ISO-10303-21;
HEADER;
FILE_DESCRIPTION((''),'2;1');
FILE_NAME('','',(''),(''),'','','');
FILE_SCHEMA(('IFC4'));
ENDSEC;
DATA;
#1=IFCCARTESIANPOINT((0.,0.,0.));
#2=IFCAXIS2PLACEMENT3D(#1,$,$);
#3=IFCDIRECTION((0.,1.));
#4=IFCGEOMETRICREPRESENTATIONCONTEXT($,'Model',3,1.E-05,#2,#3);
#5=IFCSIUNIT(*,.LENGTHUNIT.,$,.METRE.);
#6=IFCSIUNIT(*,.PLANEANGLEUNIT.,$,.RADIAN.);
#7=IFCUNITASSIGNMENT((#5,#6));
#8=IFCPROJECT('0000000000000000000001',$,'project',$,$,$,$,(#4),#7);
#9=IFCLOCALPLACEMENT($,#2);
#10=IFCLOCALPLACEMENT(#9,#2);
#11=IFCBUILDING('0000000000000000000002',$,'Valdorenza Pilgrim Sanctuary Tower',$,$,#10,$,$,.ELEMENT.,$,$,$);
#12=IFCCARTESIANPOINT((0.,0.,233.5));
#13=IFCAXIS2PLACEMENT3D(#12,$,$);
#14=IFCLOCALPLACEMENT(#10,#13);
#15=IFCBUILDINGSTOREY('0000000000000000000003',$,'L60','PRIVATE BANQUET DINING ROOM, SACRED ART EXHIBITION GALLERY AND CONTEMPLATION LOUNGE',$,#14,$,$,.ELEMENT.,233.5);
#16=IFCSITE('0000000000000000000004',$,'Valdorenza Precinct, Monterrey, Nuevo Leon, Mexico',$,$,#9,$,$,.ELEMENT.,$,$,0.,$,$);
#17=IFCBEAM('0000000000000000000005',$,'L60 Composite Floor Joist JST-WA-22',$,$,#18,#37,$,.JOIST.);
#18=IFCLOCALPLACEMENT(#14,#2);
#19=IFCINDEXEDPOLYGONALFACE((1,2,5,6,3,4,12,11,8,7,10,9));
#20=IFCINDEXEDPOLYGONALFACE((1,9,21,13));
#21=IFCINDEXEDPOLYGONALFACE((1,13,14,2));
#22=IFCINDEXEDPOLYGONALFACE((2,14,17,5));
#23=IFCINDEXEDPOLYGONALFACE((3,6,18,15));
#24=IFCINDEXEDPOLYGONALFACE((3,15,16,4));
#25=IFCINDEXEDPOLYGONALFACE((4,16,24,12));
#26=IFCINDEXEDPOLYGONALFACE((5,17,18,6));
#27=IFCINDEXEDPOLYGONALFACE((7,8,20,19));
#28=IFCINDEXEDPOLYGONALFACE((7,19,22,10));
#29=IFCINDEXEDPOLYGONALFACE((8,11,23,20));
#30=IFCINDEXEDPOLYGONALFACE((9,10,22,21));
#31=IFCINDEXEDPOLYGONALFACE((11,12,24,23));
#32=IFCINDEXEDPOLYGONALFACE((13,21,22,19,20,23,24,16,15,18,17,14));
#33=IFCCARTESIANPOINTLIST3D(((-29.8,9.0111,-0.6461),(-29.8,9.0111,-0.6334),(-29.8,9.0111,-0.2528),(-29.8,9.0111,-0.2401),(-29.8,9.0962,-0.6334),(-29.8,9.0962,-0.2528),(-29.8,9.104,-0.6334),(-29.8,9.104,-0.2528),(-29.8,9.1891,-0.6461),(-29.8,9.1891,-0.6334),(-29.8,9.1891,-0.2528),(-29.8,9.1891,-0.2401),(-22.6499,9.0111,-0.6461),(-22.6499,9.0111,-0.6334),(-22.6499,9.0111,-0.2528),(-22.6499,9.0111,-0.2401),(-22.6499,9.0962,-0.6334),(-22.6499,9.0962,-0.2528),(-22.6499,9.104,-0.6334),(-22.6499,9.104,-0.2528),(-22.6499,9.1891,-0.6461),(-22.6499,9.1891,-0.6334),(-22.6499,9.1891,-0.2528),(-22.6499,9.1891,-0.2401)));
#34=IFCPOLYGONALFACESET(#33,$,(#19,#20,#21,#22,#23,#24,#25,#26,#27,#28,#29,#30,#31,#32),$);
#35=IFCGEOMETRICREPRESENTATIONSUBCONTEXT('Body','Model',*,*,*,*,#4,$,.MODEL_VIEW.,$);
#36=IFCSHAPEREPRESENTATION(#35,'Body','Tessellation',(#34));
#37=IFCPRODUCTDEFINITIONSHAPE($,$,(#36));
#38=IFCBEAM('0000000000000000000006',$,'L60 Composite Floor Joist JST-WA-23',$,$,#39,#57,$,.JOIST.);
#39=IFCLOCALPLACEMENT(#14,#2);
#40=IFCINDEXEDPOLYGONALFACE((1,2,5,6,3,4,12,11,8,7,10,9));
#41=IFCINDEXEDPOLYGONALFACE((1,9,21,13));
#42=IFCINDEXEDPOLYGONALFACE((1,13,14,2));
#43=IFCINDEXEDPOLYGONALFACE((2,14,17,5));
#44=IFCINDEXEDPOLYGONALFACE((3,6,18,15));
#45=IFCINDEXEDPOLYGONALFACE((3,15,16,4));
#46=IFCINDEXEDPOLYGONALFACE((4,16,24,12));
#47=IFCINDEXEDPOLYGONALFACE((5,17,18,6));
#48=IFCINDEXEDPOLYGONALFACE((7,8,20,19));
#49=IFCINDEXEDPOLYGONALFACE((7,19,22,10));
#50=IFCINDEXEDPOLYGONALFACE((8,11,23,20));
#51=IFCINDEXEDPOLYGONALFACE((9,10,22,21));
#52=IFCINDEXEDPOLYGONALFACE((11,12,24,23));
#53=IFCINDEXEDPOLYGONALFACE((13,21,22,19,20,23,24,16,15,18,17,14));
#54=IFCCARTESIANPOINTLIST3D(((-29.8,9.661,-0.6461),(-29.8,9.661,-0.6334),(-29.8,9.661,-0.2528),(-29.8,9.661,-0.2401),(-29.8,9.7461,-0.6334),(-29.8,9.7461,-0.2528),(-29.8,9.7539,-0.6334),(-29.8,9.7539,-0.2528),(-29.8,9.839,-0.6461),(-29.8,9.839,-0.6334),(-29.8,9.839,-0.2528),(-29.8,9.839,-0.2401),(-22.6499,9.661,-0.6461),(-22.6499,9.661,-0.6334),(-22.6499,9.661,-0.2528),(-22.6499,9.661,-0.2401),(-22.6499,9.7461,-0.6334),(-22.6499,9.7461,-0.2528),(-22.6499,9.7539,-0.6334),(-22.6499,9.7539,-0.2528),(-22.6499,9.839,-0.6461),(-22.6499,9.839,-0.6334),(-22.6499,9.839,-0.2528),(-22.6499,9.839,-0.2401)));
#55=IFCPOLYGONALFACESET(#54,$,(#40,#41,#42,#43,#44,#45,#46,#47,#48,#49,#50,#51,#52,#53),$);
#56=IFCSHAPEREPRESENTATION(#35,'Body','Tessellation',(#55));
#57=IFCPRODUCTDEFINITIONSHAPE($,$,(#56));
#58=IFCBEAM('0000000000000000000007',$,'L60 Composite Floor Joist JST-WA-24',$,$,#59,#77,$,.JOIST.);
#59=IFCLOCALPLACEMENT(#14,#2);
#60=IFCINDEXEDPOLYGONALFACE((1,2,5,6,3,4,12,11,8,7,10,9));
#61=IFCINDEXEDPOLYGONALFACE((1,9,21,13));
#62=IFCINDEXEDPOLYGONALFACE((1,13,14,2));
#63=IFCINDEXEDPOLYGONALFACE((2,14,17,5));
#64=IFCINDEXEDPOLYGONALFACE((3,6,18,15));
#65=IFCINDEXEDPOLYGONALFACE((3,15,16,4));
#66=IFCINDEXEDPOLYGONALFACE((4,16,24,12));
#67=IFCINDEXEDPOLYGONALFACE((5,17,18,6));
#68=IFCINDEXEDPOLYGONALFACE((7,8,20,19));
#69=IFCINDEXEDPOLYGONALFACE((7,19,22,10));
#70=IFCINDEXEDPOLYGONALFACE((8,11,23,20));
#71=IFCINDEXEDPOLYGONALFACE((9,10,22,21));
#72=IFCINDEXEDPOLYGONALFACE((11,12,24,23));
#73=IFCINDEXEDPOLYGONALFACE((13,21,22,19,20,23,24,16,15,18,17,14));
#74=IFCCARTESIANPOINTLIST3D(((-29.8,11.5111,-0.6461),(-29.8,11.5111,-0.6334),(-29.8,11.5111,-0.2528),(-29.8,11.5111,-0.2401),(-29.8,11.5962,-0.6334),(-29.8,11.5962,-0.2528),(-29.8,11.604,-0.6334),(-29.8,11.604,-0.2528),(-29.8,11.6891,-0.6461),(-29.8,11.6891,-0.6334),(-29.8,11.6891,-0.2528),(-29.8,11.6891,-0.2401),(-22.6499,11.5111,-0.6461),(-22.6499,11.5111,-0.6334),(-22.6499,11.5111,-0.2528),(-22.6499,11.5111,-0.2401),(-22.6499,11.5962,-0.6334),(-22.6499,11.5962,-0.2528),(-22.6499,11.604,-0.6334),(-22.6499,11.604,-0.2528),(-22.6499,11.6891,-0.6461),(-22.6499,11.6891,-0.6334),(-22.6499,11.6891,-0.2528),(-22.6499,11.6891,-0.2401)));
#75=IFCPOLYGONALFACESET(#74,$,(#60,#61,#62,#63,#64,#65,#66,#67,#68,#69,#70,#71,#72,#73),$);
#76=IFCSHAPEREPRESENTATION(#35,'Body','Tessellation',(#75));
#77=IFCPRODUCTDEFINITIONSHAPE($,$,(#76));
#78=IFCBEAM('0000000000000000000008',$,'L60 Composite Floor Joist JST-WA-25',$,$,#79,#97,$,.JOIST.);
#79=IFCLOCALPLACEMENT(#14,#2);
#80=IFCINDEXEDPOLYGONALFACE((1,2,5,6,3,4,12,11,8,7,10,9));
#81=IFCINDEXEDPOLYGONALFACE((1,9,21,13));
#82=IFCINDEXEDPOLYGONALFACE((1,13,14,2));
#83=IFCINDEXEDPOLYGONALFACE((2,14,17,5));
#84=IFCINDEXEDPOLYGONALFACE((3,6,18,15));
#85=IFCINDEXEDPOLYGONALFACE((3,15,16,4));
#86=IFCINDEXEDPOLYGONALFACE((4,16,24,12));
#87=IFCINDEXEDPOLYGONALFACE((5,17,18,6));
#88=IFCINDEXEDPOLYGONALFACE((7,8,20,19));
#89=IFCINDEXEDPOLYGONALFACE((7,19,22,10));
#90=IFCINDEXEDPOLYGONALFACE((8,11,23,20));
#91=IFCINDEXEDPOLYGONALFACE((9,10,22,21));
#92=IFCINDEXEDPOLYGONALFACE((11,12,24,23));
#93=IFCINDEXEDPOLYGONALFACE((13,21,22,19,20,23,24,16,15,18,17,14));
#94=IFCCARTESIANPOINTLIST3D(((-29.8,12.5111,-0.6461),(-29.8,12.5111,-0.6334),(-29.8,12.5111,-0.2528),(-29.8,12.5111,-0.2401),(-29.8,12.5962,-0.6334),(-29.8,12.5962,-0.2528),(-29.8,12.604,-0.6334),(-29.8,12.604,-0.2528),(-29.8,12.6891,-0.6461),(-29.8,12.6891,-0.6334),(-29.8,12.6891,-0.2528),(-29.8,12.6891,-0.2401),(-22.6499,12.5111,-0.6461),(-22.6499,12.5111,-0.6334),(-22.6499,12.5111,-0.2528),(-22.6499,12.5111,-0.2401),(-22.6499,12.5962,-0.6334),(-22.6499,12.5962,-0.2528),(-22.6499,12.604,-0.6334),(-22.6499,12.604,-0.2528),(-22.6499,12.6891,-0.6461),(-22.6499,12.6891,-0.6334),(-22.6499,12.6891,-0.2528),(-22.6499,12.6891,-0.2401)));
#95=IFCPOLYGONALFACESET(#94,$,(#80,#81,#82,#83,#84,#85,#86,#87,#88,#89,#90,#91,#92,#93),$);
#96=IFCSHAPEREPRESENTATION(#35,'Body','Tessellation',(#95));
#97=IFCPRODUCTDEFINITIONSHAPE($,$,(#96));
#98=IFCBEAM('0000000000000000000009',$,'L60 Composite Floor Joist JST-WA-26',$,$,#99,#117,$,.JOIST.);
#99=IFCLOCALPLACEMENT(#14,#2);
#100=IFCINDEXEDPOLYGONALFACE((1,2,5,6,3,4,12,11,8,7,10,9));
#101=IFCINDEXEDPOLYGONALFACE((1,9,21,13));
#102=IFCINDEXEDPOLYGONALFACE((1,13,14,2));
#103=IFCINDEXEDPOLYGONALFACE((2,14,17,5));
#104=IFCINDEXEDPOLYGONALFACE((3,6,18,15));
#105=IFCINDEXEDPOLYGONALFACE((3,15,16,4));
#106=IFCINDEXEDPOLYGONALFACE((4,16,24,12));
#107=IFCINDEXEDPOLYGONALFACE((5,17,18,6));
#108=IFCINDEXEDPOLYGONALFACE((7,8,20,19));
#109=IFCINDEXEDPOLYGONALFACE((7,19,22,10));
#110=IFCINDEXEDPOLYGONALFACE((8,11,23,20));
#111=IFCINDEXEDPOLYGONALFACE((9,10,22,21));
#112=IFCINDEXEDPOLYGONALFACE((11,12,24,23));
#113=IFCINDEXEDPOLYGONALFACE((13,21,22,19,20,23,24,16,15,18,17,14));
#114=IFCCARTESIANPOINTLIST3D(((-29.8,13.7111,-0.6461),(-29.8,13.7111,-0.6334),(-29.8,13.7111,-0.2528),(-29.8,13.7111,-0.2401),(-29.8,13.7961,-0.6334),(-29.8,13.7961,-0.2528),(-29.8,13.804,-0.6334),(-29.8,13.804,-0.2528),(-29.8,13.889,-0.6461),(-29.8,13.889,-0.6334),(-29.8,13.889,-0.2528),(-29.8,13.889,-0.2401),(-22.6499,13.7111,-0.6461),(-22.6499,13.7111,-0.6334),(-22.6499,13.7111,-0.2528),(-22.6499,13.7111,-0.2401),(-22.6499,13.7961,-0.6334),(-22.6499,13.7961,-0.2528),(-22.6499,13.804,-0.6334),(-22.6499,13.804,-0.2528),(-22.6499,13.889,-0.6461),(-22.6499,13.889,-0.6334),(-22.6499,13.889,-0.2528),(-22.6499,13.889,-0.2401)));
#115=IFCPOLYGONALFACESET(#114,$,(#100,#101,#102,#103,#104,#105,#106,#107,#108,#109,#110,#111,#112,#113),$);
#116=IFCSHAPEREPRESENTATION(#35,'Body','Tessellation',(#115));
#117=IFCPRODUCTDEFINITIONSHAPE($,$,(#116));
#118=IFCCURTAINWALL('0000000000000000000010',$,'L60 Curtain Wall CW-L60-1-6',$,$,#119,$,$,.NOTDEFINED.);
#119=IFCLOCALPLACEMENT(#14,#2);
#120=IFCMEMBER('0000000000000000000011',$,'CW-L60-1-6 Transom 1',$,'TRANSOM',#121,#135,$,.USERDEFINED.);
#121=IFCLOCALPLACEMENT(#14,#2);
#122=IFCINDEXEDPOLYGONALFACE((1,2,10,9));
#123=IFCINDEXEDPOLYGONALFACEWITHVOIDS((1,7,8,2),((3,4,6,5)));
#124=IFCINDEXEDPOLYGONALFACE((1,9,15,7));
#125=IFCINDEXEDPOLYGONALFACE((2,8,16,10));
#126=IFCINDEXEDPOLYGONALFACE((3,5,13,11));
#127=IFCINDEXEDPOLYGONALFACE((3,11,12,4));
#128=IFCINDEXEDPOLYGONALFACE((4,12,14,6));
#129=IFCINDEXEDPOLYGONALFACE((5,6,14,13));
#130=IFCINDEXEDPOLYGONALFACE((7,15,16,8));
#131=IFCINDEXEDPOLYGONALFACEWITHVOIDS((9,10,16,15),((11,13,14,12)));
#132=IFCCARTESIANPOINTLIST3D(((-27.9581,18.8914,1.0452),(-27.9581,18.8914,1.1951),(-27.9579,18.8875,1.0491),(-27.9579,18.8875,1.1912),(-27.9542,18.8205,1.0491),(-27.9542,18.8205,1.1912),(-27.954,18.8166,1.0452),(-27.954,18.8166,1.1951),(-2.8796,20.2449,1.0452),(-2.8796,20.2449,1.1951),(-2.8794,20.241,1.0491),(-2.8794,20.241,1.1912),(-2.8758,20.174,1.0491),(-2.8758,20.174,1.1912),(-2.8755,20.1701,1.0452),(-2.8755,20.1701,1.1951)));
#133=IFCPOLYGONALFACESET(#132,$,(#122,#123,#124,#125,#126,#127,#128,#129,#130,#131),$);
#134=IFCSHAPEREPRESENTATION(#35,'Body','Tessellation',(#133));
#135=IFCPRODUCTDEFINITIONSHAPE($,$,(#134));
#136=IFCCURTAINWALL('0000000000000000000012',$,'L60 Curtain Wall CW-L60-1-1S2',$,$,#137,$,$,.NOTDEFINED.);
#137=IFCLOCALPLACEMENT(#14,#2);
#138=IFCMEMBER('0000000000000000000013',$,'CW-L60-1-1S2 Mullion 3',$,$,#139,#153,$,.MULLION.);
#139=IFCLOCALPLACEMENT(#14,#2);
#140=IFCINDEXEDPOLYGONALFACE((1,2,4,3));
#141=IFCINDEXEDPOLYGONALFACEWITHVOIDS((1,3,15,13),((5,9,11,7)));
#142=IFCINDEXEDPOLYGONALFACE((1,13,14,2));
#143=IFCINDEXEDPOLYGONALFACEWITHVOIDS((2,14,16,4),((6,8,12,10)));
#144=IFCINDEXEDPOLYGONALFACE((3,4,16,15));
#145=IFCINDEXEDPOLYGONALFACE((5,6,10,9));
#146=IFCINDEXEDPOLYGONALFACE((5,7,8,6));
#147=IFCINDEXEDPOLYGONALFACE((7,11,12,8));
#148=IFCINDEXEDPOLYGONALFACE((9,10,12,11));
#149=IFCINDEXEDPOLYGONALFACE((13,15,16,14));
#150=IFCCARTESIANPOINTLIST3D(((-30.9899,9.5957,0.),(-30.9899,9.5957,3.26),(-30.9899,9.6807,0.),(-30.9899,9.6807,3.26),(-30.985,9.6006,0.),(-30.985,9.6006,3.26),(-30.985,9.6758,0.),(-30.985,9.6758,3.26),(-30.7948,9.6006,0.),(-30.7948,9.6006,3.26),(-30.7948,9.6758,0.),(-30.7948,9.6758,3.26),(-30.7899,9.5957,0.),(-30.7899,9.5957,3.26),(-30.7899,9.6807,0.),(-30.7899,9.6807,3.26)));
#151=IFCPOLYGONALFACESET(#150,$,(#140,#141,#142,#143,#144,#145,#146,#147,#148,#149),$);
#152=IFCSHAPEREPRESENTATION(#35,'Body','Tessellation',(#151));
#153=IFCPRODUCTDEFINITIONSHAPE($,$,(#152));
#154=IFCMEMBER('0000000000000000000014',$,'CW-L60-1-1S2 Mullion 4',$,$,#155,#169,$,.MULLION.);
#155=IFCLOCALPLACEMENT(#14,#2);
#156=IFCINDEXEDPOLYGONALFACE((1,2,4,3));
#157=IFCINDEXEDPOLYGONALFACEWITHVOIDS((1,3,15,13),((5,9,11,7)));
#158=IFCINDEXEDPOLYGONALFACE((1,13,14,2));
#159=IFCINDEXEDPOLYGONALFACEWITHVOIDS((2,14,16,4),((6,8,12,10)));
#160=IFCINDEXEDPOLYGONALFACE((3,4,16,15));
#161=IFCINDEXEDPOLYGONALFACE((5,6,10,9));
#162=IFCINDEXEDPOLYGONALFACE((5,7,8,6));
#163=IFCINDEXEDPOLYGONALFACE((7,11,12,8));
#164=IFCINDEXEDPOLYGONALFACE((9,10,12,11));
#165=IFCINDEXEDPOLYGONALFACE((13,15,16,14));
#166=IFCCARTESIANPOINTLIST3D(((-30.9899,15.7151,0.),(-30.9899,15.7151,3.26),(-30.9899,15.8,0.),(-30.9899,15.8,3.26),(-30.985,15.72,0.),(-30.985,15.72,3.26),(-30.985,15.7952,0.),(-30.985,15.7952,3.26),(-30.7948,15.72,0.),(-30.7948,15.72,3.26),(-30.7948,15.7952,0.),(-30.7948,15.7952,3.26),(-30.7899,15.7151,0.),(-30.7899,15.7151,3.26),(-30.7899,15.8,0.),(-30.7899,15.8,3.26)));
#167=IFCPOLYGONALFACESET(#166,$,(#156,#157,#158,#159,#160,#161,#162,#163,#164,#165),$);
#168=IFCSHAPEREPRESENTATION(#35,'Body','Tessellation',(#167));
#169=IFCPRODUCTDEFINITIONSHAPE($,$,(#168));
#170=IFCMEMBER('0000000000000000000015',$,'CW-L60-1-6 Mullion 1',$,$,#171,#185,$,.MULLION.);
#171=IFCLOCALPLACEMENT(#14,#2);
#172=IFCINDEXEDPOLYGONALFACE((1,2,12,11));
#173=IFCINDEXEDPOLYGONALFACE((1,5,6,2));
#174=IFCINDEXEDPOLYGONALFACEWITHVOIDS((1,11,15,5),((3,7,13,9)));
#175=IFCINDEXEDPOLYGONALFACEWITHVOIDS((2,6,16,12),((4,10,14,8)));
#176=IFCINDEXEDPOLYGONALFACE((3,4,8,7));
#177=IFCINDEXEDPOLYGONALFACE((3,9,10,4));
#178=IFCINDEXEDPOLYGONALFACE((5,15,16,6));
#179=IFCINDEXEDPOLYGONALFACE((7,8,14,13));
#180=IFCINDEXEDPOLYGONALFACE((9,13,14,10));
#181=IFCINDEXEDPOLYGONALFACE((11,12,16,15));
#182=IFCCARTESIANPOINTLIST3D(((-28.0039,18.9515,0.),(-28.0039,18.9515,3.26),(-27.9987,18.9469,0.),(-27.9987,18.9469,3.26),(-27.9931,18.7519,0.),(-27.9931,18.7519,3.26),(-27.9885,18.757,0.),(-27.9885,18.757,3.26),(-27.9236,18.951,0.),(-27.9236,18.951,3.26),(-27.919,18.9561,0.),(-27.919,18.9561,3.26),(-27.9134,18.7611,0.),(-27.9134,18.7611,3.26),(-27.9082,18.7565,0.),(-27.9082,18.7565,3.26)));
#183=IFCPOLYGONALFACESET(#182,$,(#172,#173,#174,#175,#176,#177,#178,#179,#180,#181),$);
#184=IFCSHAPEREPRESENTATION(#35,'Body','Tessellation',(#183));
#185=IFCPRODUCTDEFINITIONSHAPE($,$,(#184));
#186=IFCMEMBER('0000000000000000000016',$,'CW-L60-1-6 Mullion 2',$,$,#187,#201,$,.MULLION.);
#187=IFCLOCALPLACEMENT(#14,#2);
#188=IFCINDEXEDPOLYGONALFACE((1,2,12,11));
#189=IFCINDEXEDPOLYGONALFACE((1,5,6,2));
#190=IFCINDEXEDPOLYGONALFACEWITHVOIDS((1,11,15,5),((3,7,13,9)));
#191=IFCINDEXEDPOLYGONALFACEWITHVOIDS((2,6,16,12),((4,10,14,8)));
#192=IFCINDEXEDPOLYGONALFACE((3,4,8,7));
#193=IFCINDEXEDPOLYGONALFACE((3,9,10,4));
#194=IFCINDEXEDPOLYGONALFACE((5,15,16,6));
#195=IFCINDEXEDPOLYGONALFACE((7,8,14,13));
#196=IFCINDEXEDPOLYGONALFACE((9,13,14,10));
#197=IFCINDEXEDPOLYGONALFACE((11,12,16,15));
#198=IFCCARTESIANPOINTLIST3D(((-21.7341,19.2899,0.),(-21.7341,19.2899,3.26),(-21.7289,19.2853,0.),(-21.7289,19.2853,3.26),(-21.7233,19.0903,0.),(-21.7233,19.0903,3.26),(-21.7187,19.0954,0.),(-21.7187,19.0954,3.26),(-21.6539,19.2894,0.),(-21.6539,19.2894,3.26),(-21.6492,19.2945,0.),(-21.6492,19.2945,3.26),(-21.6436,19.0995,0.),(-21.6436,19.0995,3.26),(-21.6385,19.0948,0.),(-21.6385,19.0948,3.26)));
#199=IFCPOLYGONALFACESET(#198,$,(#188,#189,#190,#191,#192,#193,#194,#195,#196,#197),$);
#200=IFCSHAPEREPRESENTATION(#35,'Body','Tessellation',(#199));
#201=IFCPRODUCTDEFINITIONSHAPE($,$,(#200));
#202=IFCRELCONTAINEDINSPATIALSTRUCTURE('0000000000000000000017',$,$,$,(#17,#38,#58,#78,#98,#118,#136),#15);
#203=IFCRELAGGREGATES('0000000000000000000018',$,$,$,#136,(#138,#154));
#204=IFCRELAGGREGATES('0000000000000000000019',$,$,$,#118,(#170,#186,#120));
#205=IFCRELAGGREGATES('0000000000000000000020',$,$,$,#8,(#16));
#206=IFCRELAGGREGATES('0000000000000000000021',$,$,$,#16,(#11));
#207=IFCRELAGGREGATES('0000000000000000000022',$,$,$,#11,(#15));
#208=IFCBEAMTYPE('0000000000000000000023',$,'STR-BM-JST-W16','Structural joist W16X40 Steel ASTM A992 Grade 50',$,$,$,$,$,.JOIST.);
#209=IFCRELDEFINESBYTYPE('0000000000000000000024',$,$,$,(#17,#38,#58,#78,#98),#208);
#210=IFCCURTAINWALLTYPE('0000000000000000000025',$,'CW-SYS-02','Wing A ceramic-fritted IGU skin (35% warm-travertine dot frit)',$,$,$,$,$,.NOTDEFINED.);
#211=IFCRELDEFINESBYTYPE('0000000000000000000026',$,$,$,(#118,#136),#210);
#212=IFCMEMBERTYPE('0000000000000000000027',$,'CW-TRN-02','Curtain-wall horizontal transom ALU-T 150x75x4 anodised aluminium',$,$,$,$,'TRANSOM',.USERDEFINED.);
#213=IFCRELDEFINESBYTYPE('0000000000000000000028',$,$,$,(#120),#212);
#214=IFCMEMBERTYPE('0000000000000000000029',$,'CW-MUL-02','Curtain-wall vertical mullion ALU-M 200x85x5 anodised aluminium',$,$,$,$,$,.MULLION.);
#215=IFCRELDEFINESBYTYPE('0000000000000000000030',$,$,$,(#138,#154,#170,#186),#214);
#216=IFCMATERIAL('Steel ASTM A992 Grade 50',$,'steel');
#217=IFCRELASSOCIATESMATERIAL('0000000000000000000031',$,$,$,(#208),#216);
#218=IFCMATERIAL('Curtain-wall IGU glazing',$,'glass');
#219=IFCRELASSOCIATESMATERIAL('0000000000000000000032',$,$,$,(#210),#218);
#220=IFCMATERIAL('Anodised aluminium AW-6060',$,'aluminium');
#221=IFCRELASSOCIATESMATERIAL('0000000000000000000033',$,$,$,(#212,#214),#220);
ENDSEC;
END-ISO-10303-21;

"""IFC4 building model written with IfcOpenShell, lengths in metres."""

from ifc_helpers import new_model, si_unit, direction, frame, origin, origin_2d, place, context, subcontext, project, spatial, hollow_rectangle, i_section, extrude, source, transform, mapped, material, material_profile, profile_set, type_object, element, aggregate, save


model = new_model("IFC4")

# Units and contexts
model_context = context("Model", 3, precision=1e-05, world=origin(), true_north=direction((0.0, 1.0)))
body_context = subcontext(model_context, "Body", "Model", "MODEL_VIEW")
ifc_project = project(units=[si_unit("LENGTHUNIT", "METRE"), si_unit("PLANEANGLEUNIT", "RADIAN")], contexts=[model_context])

# Site, building, storey
site_placement = place(None, origin())
site = spatial("IfcSite", under=ifc_project, at=site_placement, Name="Valdorenza Precinct, Monterrey, Nuevo Leon, Mexico", CompositionType="ELEMENT", RefElevation=0.0)
building_placement = place(site_placement, origin())
building = spatial("IfcBuilding", under=site, at=building_placement, Name="Valdorenza Pilgrim Sanctuary Tower", CompositionType="ELEMENT")
storey_placement = place(building_placement, frame((0.0, 0.0, 233.5)))
storey = spatial("IfcBuildingStorey", under=building, at=storey_placement, Name="L60", Description="PRIVATE BANQUET DINING ROOM, SACRED ART EXHIBITION GALLERY AND CONTEMPLATION LOUNGE", CompositionType="ELEMENT", Elevation=233.5)

# Beams
ifc_material_1 = material(Name="Steel ASTM A992 Grade 50", Category="steel")
ifc_material_profile_1 = material_profile(ifc_material_1, i_section(OverallWidth=0.178, OverallDepth=0.406, WebThickness=0.0078, FlangeThickness=0.0127, at=origin_2d()), Name="W16X40")
ifc_profile_set_1 = profile_set([ifc_material_profile_1], Name="Steel ASTM A992 Grade 50")
beam_type_1 = type_object("IfcBeamType", Name="STR-BM-JST-W16", Description="Structural joist W16X40 Steel ASTM A992 Grade 50", PredefinedType="JOIST", material=ifc_profile_set_1)
shared_shape_1 = source(origin(), body_context, "Body", "SweptSolid", [
    extrude(i_section(OverallWidth=0.178, OverallDepth=0.406, WebThickness=0.0078, FlangeThickness=0.0127, at=origin_2d()), origin(), (0.0, 0.0, 1.0), 7.1501),
])
for number, where, z_axis, x_axis, name in (
    (1, (-29.8, 9.1001, -0.4431), (1.0, 0.0, 0.0), (0.0, 1.0, 0.0), "L60 Composite Floor Joist JST-WA-22"),
    (2, (-29.8, 9.75, -0.4431), (1.0, 0.0, 0.0), (0.0, 1.0, 0.0), "L60 Composite Floor Joist JST-WA-23"),
    (3, (-29.8, 11.6001, -0.4431), (1.0, 0.0, 0.0), (0.0, 1.0, 0.0), "L60 Composite Floor Joist JST-WA-24"),
    (4, (-29.8, 12.6001, -0.4431), (1.0, 0.0, 0.0), (0.0, 1.0, 0.0), "L60 Composite Floor Joist JST-WA-25"),
    (5, (-29.8, 13.8, -0.4431), (1.0, 0.0, 0.0), (0.0, 1.0, 0.0), "L60 Composite Floor Joist JST-WA-26"),
):
    element("IfcBeam", number, at=place(storey_placement, frame(where, z_axis=z_axis, x_axis=x_axis)), inside=storey, type_object=beam_type_1, Name=name, PredefinedType="JOIST", context=body_context, shape_type="MappedRepresentation", body=[
        mapped(shared_shape_1, transform((0.0, 0.0, 0.0), x_axis=(1.0, 0.0, 0.0), y_axis=(0.0, 1.0, 0.0), z_axis=(0.0, 0.0, 1.0), scale=1.0)),
    ])

# Curtain wall, member
ifc_material_2 = material(Name="Curtain-wall IGU glazing", Category="glass")
curtain_wall_type = type_object("IfcCurtainWallType", Name="CW-SYS-02", Description="Wing A ceramic-fritted IGU skin (35% warm-travertine dot frit)", PredefinedType="NOTDEFINED", material=ifc_material_2)
curtain_wall_1_placement = place(storey_placement, origin())
curtain_wall_1 = element("IfcCurtainWall", 6, at=curtain_wall_1_placement, inside=storey, type_object=curtain_wall_type, Name="L60 Curtain Wall CW-L60-1-6", PredefinedType="NOTDEFINED")
ifc_material_3 = material(Name="Anodised aluminium AW-6060", Category="aluminium")
ifc_material_profile_2 = material_profile(ifc_material_3, hollow_rectangle(XDim=0.075, YDim=0.1499, WallThickness=0.0039, at=origin_2d()), Name="ALU-T 150x75x4")
ifc_profile_set_2 = profile_set([ifc_material_profile_2], Name="Anodised aluminium AW-6060")
member_type_1 = type_object("IfcMemberType", Name="CW-TRN-02", Description="Curtain-wall horizontal transom ALU-T 150x75x4 anodised aluminium", ElementType="TRANSOM", PredefinedType="USERDEFINED", material=ifc_profile_set_2)
shared_shape_2 = source(origin(), body_context, "Body", "SweptSolid", [
    extrude(hollow_rectangle(XDim=0.075, YDim=0.1499, WallThickness=0.0039, at=origin_2d()), origin(), (0.0, 0.0, 1.0), 25.115),
])
member_1_placement = place(storey_placement, frame((-27.9561, 18.854, 1.1201), z_axis=(0.998547, 0.053893, 0.0), x_axis=(-0.053893, 0.998547, 0.0)))
member_1 = element("IfcMember", 7, at=member_1_placement, type_object=member_type_1, Name="CW-L60-1-6 Transom 1", ObjectType="TRANSOM", PredefinedType="USERDEFINED", context=body_context, shape_type="MappedRepresentation", body=[
    mapped(shared_shape_2, transform((0.0, 0.0, 0.0), x_axis=(1.0, 0.0, 0.0), y_axis=(0.0, 1.0, 0.0), z_axis=(0.0, 0.0, 1.0), scale=1.0)),
])

# Curtain wall, members
curtain_wall_2_placement = place(storey_placement, origin())
curtain_wall_2 = element("IfcCurtainWall", 8, at=curtain_wall_2_placement, inside=storey, type_object=curtain_wall_type, Name="L60 Curtain Wall CW-L60-1-1S2", PredefinedType="NOTDEFINED")
ifc_material_profile_3 = material_profile(ifc_material_3, hollow_rectangle(XDim=0.085, YDim=0.2, WallThickness=0.0049, at=origin_2d()), Name="ALU-M 200x85x5")
ifc_profile_set_3 = profile_set([ifc_material_profile_3], Name="Anodised aluminium AW-6060")
member_type_2 = type_object("IfcMemberType", Name="CW-MUL-02", Description="Curtain-wall vertical mullion ALU-M 200x85x5 anodised aluminium", PredefinedType="MULLION", material=ifc_profile_set_3)
shared_shape_3 = source(origin(), body_context, "Body", "SweptSolid", [
    extrude(hollow_rectangle(XDim=0.085, YDim=0.2, WallThickness=0.0049, at=origin_2d()), origin(), (0.0, 0.0, 1.0), 3.26),
])
member_2_placement = place(storey_placement, frame((-30.8899, 9.6382, 0.0), z_axis=(0.0, 0.0, 1.0), x_axis=(0.0, 1.0, 0.0)))
member_2 = element("IfcMember", 9, at=member_2_placement, type_object=member_type_2, Name="CW-L60-1-1S2 Mullion 3", PredefinedType="MULLION", context=body_context, shape_type="MappedRepresentation", body=[
    mapped(shared_shape_3, transform((0.0, 0.0, 0.0), x_axis=(1.0, 0.0, 0.0), y_axis=(0.0, 1.0, 0.0), z_axis=(0.0, 0.0, 1.0), scale=1.0)),
])
member_3_placement = place(storey_placement, frame((-30.8899, 15.7576, 0.0), z_axis=(0.0, 0.0, 1.0), x_axis=(0.0, 1.0, 0.0)))
member_3 = element("IfcMember", 10, at=member_3_placement, type_object=member_type_2, Name="CW-L60-1-1S2 Mullion 4", PredefinedType="MULLION", context=body_context, shape_type="MappedRepresentation", body=[
    mapped(shared_shape_3, transform((0.0, 0.0, 0.0), x_axis=(1.0, 0.0, 0.0), y_axis=(0.0, 1.0, 0.0), z_axis=(0.0, 0.0, 1.0), scale=1.0)),
])

# Members
member_4_placement = place(storey_placement, frame((-27.9561, 18.854, 0.0), z_axis=(0.0, 0.0, 1.0), x_axis=(0.998547, 0.053887, 0.0)))
member_4 = element("IfcMember", 11, at=member_4_placement, type_object=member_type_2, Name="CW-L60-1-6 Mullion 1", PredefinedType="MULLION", context=body_context, shape_type="MappedRepresentation", body=[
    mapped(shared_shape_3, transform((0.0, 0.0, 0.0), x_axis=(1.0, 0.0, 0.0), y_axis=(0.0, 1.0, 0.0), z_axis=(0.0, 0.0, 1.0), scale=1.0)),
])
member_5_placement = place(storey_placement, frame((-21.6863, 19.1924, 0.0), z_axis=(0.0, 0.0, 1.0), x_axis=(0.998547, 0.053887, 0.0)))
member_5 = element("IfcMember", 12, at=member_5_placement, type_object=member_type_2, Name="CW-L60-1-6 Mullion 2", PredefinedType="MULLION", context=body_context, shape_type="MappedRepresentation", body=[
    mapped(shared_shape_3, transform((0.0, 0.0, 0.0), x_axis=(1.0, 0.0, 0.0), y_axis=(0.0, 1.0, 0.0), z_axis=(0.0, 0.0, 1.0), scale=1.0)),
])

aggregate(curtain_wall_2, [member_2, member_3])
aggregate(curtain_wall_1, [member_4, member_5, member_1])

save(model, "model.ifc")
